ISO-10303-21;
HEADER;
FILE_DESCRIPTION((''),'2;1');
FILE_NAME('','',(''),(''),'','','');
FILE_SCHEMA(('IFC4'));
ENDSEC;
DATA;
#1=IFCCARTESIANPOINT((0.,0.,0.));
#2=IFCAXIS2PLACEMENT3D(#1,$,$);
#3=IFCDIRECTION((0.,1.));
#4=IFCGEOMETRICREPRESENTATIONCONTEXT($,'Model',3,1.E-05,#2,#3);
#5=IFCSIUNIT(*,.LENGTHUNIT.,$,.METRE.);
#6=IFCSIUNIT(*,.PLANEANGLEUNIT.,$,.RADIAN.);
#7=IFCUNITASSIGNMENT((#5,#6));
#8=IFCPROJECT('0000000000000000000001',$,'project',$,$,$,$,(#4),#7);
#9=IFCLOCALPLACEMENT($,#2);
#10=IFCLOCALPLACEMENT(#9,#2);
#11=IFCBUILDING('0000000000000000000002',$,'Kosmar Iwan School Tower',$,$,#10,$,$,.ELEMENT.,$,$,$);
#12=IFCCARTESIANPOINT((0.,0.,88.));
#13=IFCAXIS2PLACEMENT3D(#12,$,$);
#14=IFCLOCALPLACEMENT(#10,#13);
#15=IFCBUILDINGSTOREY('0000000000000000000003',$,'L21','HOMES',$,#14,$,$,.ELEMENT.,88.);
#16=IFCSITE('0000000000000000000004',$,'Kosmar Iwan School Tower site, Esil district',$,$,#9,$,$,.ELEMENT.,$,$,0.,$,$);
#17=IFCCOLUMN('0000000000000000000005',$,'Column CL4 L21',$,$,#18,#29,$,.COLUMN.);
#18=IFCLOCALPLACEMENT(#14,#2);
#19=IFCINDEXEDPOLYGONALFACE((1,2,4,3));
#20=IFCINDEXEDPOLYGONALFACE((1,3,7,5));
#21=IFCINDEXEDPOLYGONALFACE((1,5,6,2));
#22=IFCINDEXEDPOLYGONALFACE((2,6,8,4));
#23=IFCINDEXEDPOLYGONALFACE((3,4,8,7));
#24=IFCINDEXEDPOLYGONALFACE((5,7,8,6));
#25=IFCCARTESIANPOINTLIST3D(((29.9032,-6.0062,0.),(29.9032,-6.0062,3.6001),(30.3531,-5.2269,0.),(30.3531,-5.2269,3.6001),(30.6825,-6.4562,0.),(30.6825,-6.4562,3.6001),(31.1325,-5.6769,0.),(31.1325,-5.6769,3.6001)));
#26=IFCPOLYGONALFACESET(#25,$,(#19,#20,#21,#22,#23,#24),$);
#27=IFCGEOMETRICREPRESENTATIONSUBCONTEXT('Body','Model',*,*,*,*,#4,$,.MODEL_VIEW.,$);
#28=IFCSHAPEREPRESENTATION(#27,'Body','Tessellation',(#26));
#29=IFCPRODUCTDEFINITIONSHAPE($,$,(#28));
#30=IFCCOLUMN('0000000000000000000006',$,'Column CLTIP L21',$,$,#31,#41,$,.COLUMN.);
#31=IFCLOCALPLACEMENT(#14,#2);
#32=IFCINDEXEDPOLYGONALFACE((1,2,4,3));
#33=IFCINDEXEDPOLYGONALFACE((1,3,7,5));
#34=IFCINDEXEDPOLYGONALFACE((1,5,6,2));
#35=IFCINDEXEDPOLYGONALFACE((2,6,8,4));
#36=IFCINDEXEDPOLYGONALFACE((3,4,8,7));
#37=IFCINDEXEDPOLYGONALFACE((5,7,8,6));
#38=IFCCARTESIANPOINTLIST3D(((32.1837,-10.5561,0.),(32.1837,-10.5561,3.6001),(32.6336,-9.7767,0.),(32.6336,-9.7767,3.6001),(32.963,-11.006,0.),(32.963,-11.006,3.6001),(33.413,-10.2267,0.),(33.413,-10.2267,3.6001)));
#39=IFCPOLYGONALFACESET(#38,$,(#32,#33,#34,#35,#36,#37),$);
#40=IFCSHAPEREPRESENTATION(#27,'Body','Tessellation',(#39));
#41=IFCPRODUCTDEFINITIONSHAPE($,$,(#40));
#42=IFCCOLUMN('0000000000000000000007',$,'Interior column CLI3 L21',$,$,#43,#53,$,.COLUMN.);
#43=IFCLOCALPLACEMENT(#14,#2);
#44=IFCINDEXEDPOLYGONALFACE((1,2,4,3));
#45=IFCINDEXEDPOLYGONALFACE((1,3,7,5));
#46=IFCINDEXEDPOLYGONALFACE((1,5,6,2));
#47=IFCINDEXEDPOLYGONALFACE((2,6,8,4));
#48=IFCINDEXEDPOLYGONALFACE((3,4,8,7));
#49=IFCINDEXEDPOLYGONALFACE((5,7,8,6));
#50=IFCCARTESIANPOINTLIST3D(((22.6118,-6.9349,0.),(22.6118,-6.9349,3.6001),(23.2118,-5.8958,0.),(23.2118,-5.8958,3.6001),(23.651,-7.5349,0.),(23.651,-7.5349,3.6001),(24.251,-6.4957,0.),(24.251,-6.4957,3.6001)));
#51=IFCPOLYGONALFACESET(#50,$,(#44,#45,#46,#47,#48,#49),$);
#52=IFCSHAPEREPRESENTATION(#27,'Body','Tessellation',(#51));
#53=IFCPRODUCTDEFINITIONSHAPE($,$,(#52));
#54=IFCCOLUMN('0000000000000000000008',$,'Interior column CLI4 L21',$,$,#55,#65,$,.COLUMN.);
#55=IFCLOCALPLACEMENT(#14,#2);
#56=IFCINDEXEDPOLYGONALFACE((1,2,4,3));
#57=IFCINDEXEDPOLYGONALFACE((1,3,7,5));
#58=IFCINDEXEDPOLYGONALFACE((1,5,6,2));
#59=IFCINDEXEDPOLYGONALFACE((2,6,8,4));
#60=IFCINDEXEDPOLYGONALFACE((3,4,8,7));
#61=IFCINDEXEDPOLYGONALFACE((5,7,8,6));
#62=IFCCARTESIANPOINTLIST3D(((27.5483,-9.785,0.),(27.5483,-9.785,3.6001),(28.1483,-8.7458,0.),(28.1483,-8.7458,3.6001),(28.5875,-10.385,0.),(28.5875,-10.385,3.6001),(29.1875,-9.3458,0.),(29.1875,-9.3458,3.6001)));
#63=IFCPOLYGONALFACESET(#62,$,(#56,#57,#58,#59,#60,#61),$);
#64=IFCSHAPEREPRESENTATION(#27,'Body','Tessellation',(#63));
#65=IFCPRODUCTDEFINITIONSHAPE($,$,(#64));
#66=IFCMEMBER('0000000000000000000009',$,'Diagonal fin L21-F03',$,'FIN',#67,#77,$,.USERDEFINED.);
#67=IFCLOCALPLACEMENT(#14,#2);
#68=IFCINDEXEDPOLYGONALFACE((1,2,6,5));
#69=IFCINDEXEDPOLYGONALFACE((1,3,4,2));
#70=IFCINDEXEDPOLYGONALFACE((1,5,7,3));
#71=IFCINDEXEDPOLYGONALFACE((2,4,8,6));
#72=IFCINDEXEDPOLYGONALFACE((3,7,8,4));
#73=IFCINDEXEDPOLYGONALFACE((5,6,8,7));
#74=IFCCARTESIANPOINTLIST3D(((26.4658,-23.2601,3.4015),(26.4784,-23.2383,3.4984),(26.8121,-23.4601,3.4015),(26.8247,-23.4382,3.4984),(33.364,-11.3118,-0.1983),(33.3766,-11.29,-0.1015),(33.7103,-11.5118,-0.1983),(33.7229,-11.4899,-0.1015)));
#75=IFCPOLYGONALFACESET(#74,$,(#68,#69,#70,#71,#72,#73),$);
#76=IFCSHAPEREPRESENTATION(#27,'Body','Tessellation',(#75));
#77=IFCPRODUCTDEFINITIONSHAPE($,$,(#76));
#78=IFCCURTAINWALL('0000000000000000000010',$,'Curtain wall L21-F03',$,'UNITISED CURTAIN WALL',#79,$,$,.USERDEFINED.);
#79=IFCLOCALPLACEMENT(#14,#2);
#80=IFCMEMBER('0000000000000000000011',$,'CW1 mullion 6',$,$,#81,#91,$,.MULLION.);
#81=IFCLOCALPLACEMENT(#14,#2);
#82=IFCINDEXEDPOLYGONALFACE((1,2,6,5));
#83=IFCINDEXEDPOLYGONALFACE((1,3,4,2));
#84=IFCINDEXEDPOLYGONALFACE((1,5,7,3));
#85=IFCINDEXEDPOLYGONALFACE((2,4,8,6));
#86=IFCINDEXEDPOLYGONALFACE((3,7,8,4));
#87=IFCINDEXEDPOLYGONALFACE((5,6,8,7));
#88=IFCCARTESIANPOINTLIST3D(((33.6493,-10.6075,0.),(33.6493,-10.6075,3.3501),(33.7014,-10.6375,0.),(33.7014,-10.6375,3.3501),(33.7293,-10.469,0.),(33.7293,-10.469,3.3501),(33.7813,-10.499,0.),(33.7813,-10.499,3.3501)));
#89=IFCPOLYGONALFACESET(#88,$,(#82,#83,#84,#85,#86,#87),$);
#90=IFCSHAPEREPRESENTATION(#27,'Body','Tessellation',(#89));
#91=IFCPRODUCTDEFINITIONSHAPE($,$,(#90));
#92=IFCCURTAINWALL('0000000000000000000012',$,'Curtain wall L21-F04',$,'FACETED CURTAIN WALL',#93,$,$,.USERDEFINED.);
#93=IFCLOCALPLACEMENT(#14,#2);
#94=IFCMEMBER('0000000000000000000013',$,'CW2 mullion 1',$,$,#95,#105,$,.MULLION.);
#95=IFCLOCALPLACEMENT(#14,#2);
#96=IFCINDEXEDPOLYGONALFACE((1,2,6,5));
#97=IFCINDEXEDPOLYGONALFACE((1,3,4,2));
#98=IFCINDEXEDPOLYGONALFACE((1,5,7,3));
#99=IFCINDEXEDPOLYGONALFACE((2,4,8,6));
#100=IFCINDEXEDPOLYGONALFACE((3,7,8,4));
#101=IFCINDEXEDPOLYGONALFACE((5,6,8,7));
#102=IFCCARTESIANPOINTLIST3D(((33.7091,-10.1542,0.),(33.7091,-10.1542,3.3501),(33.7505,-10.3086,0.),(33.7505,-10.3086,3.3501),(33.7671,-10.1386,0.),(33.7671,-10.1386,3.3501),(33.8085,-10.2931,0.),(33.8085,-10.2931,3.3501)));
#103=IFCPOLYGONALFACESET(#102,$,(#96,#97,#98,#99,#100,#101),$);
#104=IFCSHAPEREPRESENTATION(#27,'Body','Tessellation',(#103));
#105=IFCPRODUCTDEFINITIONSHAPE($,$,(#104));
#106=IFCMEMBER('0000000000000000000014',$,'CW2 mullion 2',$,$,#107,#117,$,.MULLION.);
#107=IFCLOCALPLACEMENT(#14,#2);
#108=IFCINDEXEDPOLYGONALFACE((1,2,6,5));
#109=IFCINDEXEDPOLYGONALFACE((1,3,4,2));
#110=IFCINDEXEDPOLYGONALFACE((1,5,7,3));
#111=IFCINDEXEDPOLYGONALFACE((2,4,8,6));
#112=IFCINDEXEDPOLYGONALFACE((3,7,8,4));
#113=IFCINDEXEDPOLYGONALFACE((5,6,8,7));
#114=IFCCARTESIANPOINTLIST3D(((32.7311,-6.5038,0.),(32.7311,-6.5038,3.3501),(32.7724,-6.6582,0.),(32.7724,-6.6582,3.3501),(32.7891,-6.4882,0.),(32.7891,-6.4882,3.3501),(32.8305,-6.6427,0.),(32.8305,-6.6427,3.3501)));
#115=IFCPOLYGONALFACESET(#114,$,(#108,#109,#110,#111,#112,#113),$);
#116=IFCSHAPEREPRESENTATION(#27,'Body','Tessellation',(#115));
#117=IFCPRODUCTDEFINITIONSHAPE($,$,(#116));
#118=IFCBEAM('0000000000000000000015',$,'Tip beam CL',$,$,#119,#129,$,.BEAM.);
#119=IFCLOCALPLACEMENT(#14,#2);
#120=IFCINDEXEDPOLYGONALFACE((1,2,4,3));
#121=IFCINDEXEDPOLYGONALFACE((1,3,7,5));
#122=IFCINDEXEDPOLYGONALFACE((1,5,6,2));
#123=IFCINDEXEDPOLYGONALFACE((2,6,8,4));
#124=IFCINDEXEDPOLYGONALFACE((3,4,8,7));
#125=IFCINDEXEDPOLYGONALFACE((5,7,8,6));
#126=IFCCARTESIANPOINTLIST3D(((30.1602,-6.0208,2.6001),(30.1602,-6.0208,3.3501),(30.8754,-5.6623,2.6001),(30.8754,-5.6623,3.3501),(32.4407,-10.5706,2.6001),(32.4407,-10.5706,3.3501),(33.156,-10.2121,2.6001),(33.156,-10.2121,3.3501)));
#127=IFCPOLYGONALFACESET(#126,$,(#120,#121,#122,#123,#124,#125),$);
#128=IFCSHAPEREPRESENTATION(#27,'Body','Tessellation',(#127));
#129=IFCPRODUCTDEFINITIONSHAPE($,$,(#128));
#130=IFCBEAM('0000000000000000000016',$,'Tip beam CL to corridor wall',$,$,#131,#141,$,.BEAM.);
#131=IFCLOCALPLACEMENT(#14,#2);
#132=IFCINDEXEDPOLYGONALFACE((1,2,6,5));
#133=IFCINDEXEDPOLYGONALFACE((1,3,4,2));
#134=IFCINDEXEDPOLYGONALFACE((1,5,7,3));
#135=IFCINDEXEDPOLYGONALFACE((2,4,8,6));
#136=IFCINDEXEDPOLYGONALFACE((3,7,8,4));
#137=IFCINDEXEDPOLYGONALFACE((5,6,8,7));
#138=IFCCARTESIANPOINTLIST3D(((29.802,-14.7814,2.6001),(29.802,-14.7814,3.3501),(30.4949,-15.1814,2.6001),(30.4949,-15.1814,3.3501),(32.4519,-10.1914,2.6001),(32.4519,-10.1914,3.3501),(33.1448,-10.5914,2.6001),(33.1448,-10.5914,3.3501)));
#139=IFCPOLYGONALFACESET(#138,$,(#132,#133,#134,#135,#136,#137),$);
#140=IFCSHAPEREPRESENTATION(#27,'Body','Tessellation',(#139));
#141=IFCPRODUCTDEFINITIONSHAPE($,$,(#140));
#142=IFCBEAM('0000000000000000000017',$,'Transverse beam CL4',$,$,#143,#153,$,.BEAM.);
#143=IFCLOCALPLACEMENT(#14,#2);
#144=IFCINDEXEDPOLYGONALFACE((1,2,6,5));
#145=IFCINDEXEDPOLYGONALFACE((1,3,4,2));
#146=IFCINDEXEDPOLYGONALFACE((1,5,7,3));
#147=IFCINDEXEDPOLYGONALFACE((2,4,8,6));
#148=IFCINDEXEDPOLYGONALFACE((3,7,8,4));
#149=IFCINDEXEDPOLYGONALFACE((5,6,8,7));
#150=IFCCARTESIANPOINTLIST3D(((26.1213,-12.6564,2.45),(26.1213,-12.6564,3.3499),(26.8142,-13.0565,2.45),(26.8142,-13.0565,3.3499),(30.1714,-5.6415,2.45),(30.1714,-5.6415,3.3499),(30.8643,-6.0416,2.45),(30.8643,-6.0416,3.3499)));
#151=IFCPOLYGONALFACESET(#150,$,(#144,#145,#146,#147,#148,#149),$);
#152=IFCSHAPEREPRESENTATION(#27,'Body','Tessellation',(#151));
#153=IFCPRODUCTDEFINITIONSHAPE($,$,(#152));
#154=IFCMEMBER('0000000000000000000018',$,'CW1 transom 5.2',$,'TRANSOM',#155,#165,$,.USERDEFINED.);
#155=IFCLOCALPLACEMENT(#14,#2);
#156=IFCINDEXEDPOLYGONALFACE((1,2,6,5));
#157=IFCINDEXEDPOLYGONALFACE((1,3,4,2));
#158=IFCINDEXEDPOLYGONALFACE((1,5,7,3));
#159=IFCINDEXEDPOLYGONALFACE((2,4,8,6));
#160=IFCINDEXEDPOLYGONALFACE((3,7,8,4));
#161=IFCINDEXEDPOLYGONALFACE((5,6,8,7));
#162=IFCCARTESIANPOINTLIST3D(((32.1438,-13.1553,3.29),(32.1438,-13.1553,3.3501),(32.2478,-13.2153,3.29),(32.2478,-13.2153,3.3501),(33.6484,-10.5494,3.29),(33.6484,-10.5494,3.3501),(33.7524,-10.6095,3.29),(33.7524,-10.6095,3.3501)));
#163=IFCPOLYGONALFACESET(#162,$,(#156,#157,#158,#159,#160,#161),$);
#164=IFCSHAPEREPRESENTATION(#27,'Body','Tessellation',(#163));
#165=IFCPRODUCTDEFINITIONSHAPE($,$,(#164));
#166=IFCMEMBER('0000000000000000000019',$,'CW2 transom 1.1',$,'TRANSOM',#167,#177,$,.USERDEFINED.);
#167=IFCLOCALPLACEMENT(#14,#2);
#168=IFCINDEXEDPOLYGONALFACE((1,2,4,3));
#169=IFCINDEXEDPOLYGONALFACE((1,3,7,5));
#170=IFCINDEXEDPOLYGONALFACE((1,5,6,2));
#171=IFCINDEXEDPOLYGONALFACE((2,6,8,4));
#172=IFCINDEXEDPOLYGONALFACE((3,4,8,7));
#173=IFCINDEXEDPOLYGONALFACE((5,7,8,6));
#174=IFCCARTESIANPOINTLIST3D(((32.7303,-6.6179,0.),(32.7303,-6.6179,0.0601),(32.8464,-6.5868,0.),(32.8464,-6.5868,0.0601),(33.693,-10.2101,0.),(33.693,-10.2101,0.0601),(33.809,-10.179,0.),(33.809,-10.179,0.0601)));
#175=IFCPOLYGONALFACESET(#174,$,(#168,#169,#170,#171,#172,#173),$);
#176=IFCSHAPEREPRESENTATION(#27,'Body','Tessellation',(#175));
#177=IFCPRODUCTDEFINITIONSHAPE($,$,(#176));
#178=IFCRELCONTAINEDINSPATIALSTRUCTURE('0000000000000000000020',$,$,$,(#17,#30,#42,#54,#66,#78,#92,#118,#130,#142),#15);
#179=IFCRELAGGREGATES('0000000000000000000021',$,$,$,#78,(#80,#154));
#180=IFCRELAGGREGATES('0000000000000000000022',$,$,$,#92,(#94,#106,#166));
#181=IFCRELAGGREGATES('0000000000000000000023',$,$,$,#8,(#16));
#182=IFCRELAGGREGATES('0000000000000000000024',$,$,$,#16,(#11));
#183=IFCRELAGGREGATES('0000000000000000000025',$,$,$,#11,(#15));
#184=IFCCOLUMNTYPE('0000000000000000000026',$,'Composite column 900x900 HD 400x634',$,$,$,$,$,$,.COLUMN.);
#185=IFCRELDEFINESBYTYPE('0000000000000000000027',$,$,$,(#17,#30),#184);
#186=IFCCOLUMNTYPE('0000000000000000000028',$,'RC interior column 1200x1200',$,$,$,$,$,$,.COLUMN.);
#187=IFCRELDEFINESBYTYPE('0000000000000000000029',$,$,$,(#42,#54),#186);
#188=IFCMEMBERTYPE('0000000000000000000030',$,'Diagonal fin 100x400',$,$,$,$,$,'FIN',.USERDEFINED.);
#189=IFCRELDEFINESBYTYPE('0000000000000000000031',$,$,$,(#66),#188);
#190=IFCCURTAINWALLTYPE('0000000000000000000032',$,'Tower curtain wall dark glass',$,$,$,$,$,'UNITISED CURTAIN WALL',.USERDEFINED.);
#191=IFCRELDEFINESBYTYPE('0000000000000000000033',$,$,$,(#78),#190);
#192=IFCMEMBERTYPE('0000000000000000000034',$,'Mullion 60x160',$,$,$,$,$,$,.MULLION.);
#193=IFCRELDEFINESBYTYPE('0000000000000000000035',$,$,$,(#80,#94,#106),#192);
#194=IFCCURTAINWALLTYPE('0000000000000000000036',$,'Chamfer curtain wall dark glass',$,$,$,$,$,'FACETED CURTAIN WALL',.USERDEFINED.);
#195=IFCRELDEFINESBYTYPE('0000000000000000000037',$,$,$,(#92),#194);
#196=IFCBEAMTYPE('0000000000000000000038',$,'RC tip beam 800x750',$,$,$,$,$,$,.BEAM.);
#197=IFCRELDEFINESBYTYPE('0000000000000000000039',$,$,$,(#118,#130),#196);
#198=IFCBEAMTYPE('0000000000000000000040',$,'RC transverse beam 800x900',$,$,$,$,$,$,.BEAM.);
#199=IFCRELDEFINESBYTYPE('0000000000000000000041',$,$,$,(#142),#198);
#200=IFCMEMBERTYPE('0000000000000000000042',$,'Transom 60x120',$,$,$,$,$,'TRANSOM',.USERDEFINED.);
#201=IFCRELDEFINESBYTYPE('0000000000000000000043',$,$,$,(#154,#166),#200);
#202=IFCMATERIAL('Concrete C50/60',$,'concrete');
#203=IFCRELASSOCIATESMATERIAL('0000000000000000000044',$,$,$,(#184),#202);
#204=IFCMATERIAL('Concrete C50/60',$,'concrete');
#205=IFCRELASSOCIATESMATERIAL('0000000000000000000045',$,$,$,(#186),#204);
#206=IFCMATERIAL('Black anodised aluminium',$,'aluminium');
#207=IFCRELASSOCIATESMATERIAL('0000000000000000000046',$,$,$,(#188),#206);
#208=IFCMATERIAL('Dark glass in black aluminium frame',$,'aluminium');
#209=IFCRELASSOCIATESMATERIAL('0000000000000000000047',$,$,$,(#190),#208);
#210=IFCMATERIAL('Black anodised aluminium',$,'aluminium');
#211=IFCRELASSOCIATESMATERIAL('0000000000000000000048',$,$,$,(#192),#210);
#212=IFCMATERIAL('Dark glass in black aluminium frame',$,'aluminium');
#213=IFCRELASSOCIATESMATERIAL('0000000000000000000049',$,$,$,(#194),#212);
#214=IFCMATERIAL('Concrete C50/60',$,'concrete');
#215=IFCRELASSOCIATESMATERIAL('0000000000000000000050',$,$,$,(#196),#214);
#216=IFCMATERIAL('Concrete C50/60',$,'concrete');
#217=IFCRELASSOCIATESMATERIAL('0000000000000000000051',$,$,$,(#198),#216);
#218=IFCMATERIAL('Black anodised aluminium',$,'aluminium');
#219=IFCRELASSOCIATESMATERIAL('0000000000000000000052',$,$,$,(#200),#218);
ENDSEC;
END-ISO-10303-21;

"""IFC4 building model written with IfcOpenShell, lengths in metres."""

from ifc_helpers import new_model, si_unit, direction, frame, origin, origin_2d, place, context, subcontext, project, spatial, rectangle, extrude, material, material_profile, profile_set, type_object, element, aggregate, save


model = new_model("IFC4")

# Units and contexts
model_context = context("Model", 3, precision=1e-05, world=origin(), true_north=direction((0.0, 1.0)))
body_context = subcontext(model_context, "Body", "Model", "MODEL_VIEW")
ifc_project = project(units=[si_unit("LENGTHUNIT", "METRE"), si_unit("PLANEANGLEUNIT", "RADIAN")], contexts=[model_context])

# Site, building, storey
site_placement = place(None, origin())
site = spatial("IfcSite", under=ifc_project, at=site_placement, Name="Kosmar Iwan School Tower site, Esil district", CompositionType="ELEMENT", RefElevation=0.0)
building_placement = place(site_placement, origin())
building = spatial("IfcBuilding", under=site, at=building_placement, Name="Kosmar Iwan School Tower", CompositionType="ELEMENT")
storey_placement = place(building_placement, frame((0.0, 0.0, 88.0)))
storey = spatial("IfcBuildingStorey", under=building, at=storey_placement, Name="L21", Description="HOMES", CompositionType="ELEMENT", Elevation=88.0)

# Columns
ifc_material_1 = material(Name="Concrete C50/60", Category="concrete")
ifc_material_profile_1 = material_profile(ifc_material_1, rectangle(XDim=0.8999, YDim=0.8999, at=origin_2d()), Name="RC 900x900 + HD 400x634")
ifc_profile_set_1 = profile_set([ifc_material_profile_1], Name="Concrete C50/60")
column_type_1 = type_object("IfcColumnType", Name="Composite column 900x900 HD 400x634", PredefinedType="COLUMN", material=ifc_profile_set_1)
for number, where, z_axis, x_axis, name in (
    (1, (30.5178, -5.8416, 0.0), (0.0, 0.0, 1.0), (0.866025, -0.5, 0.0), "Column CL4 L21"),
    (2, (32.7983, -10.3914, 0.0), (0.0, 0.0, 1.0), (0.866025, -0.5, 0.0), "Column CLTIP L21"),
):
    element("IfcColumn", number, at=place(storey_placement, frame(where, z_axis=z_axis, x_axis=x_axis)), inside=storey, type_object=column_type_1, Name=name, PredefinedType="COLUMN", context=body_context, shape_type="SweptSolid", body=[
        extrude(rectangle(XDim=0.8999, YDim=0.8999, at=origin_2d()), origin(), (0.0, 0.0, 1.0), 3.6001),
    ])
ifc_material_2 = material(Name="Concrete C50/60", Category="concrete")
ifc_material_profile_2 = material_profile(ifc_material_2, rectangle(XDim=1.2, YDim=1.2, at=origin_2d()), Name="RC 1200x1200")
ifc_profile_set_2 = profile_set([ifc_material_profile_2], Name="Concrete C50/60")
column_type_2 = type_object("IfcColumnType", Name="RC interior column 1200x1200", PredefinedType="COLUMN", material=ifc_profile_set_2)
for number, where, z_axis, x_axis, name in (
    (3, (23.4314, -6.7153, 0.0), (0.0, 0.0, 1.0), (0.866025, -0.5, 0.0), "Interior column CLI3 L21"),
    (4, (28.3679, -9.5654, 0.0), (0.0, 0.0, 1.0), (0.866025, -0.5, 0.0), "Interior column CLI4 L21"),
):
    element("IfcColumn", number, at=place(storey_placement, frame(where, z_axis=z_axis, x_axis=x_axis)), inside=storey, type_object=column_type_2, Name=name, PredefinedType="COLUMN", context=body_context, shape_type="SweptSolid", body=[
        extrude(rectangle(XDim=1.2, YDim=1.2, at=origin_2d()), origin(), (0.0, 0.0, 1.0), 3.6001),
    ])

# Member
ifc_material_3 = material(Name="Black anodised aluminium", Category="aluminium")
ifc_material_profile_3 = material_profile(ifc_material_3, rectangle(XDim=0.1001, YDim=0.3999, at=origin_2d()), Name="FIN 100x400")
ifc_profile_set_3 = profile_set([ifc_material_profile_3], Name="Black anodised aluminium")
member_type_1 = type_object("IfcMemberType", Name="Diagonal fin 100x400", ElementType="FIN", PredefinedType="USERDEFINED", material=ifc_profile_set_3)
member_1_placement = place(storey_placement, frame((33.5435, -11.4009, -0.1499), z_axis=(-0.483796, -0.837974, 0.252471), x_axis=(0.126234, 0.218647, 0.967604)))
element("IfcMember", 5, at=member_1_placement, inside=storey, type_object=member_type_1, Name="Diagonal fin L21-F03", ObjectType="FIN", PredefinedType="USERDEFINED", context=body_context, shape_type="SweptSolid", body=[
    extrude(rectangle(XDim=0.1001, YDim=0.3999, at=origin_2d()), origin(), (0.0, 0.0, 1.0), 14.2585),
])

# Curtain wall, member
ifc_material_4 = material(Name="Dark glass in black aluminium frame", Category="aluminium")
curtain_wall_type_1 = type_object("IfcCurtainWallType", Name="Tower curtain wall dark glass", ElementType="UNITISED CURTAIN WALL", PredefinedType="USERDEFINED", material=ifc_material_4)
curtain_wall_1_placement = place(storey_placement, origin())
curtain_wall_1 = element("IfcCurtainWall", 6, at=curtain_wall_1_placement, inside=storey, type_object=curtain_wall_type_1, Name="Curtain wall L21-F03", ObjectType="UNITISED CURTAIN WALL", PredefinedType="USERDEFINED")
ifc_material_5 = material(Name="Black anodised aluminium", Category="aluminium")
ifc_material_profile_4 = material_profile(ifc_material_5, rectangle(XDim=0.0601, YDim=0.1599, at=origin_2d()), Name="MULLION 60x160")
ifc_profile_set_4 = profile_set([ifc_material_profile_4], Name="Black anodised aluminium")
member_type_2 = type_object("IfcMemberType", Name="Mullion 60x160", PredefinedType="MULLION", material=ifc_profile_set_4)
member_2_placement = place(storey_placement, frame((33.7153, -10.5532, 0.0), z_axis=(0.0, 0.0, 1.0), x_axis=(-0.866025, 0.5, 0.0)))
member_2 = element("IfcMember", 7, at=member_2_placement, type_object=member_type_2, Name="CW1 mullion 6", PredefinedType="MULLION", context=body_context, shape_type="SweptSolid", body=[
    extrude(rectangle(XDim=0.0601, YDim=0.1599, at=origin_2d()), origin(), (0.0, 0.0, 1.0), 3.3501),
])

# Curtain wall, members
ifc_material_6 = material(Name="Dark glass in black aluminium frame", Category="aluminium")
curtain_wall_type_2 = type_object("IfcCurtainWallType", Name="Chamfer curtain wall dark glass", ElementType="FACETED CURTAIN WALL", PredefinedType="USERDEFINED", material=ifc_material_6)
curtain_wall_2_placement = place(storey_placement, origin())
curtain_wall_2 = element("IfcCurtainWall", 8, at=curtain_wall_2_placement, inside=storey, type_object=curtain_wall_type_2, Name="Curtain wall L21-F04", ObjectType="FACETED CURTAIN WALL", PredefinedType="USERDEFINED")
member_3_placement = place(storey_placement, frame((33.7588, -10.2236, 0.0), z_axis=(0.0, 0.0, 1.0), x_axis=(-0.965926, -0.258819, 0.0)))
member_3 = element("IfcMember", 9, at=member_3_placement, type_object=member_type_2, Name="CW2 mullion 1", PredefinedType="MULLION", context=body_context, shape_type="SweptSolid", body=[
    extrude(rectangle(XDim=0.0601, YDim=0.1599, at=origin_2d()), origin(), (0.0, 0.0, 1.0), 3.3501),
])
member_4_placement = place(storey_placement, frame((32.7808, -6.5732, 0.0), z_axis=(0.0, 0.0, 1.0), x_axis=(-0.965926, -0.258819, 0.0)))
member_4 = element("IfcMember", 10, at=member_4_placement, type_object=member_type_2, Name="CW2 mullion 2", PredefinedType="MULLION", context=body_context, shape_type="SweptSolid", body=[
    extrude(rectangle(XDim=0.0601, YDim=0.1599, at=origin_2d()), origin(), (0.0, 0.0, 1.0), 3.3501),
])

# Beams
ifc_material_7 = material(Name="Concrete C50/60", Category="concrete")
ifc_material_profile_5 = material_profile(ifc_material_7, rectangle(XDim=0.8, YDim=0.75, at=origin_2d()), Name="RC 800x750")
ifc_profile_set_5 = profile_set([ifc_material_profile_5], Name="Concrete C50/60")
beam_type_1 = type_object("IfcBeamType", Name="RC tip beam 800x750", PredefinedType="BEAM", material=ifc_profile_set_5)
beam_1_placement = place(storey_placement, frame((30.5178, -5.8416, 2.9751), z_axis=(0.448096, -0.893985, 0.0), x_axis=(0.893985, 0.448096, 0.0)))
element("IfcBeam", 11, at=beam_1_placement, inside=storey, type_object=beam_type_1, Name="Tip beam CL", PredefinedType="BEAM", context=body_context, shape_type="SweptSolid", body=[
    extrude(rectangle(XDim=0.8, YDim=0.75, at=origin_2d()), origin(), (0.0, 0.0, 1.0), 5.0894),
])
beam_2_placement = place(storey_placement, frame((32.7983, -10.3914, 2.9751), z_axis=(-0.499974, -0.866041, 0.0), x_axis=(0.866041, -0.499974, 0.0)))
element("IfcBeam", 12, at=beam_2_placement, inside=storey, type_object=beam_type_1, Name="Tip beam CL to corridor wall", PredefinedType="BEAM", context=body_context, shape_type="SweptSolid", body=[
    extrude(rectangle(XDim=0.8, YDim=0.75, at=origin_2d()), origin(), (0.0, 0.0, 1.0), 5.3),
])
ifc_material_8 = material(Name="Concrete C50/60", Category="concrete")
ifc_material_profile_6 = material_profile(ifc_material_8, rectangle(XDim=0.8, YDim=0.8999, at=origin_2d()), Name="RC 800x900")
ifc_profile_set_6 = profile_set([ifc_material_profile_6], Name="Concrete C50/60")
beam_type_2 = type_object("IfcBeamType", Name="RC transverse beam 800x900", PredefinedType="BEAM", material=ifc_profile_set_6)
beam_3_placement = place(storey_placement, frame((30.5178, -5.8416, 2.8999), z_axis=(-0.5, -0.866025, 0.0), x_axis=(0.866025, -0.5, 0.0)))
element("IfcBeam", 13, at=beam_3_placement, inside=storey, type_object=beam_type_2, Name="Transverse beam CL4", PredefinedType="BEAM", context=body_context, shape_type="SweptSolid", body=[
    extrude(rectangle(XDim=0.8, YDim=0.8999, at=origin_2d()), origin(), (0.0, 0.0, 1.0), 8.1001),
])

# Members
ifc_material_9 = material(Name="Black anodised aluminium", Category="aluminium")
ifc_material_profile_7 = material_profile(ifc_material_9, rectangle(XDim=0.1201, YDim=0.0601, at=origin_2d()), Name="TRANSOM 60x120")
ifc_profile_set_7 = profile_set([ifc_material_profile_7], Name="Black anodised aluminium")
member_type_3 = type_object("IfcMemberType", Name="Transom 60x120", ElementType="TRANSOM", PredefinedType="USERDEFINED", material=ifc_profile_set_7)
member_5_placement = place(storey_placement, frame((32.1958, -13.1853, 3.3201), z_axis=(0.500022, 0.866013, 0.0), x_axis=(-0.866013, 0.500022, 0.0)))
member_5 = element("IfcMember", 14, at=member_5_placement, type_object=member_type_3, Name="CW1 transom 5.2", ObjectType="TRANSOM", PredefinedType="USERDEFINED", context=body_context, shape_type="SweptSolid", body=[
    extrude(rectangle(XDim=0.1201, YDim=0.0601, at=origin_2d()), origin(), (0.0, 0.0, 1.0), 3.009),
])
member_6_placement = place(storey_placement, frame((33.751, -10.1946, 0.03), z_axis=(-0.258843, 0.965919, 0.0), x_axis=(-0.965919, -0.258843, 0.0)))
member_6 = element("IfcMember", 15, at=member_6_placement, type_object=member_type_3, Name="CW2 transom 1.1", ObjectType="TRANSOM", PredefinedType="USERDEFINED", context=body_context, shape_type="SweptSolid", body=[
    extrude(rectangle(XDim=0.1201, YDim=0.0601, at=origin_2d()), origin(), (0.0, 0.0, 1.0), 3.719),
])

aggregate(curtain_wall_1, [member_2, member_5])
aggregate(curtain_wall_2, [member_3, member_4, member_6])

save(model, "model.ifc")
